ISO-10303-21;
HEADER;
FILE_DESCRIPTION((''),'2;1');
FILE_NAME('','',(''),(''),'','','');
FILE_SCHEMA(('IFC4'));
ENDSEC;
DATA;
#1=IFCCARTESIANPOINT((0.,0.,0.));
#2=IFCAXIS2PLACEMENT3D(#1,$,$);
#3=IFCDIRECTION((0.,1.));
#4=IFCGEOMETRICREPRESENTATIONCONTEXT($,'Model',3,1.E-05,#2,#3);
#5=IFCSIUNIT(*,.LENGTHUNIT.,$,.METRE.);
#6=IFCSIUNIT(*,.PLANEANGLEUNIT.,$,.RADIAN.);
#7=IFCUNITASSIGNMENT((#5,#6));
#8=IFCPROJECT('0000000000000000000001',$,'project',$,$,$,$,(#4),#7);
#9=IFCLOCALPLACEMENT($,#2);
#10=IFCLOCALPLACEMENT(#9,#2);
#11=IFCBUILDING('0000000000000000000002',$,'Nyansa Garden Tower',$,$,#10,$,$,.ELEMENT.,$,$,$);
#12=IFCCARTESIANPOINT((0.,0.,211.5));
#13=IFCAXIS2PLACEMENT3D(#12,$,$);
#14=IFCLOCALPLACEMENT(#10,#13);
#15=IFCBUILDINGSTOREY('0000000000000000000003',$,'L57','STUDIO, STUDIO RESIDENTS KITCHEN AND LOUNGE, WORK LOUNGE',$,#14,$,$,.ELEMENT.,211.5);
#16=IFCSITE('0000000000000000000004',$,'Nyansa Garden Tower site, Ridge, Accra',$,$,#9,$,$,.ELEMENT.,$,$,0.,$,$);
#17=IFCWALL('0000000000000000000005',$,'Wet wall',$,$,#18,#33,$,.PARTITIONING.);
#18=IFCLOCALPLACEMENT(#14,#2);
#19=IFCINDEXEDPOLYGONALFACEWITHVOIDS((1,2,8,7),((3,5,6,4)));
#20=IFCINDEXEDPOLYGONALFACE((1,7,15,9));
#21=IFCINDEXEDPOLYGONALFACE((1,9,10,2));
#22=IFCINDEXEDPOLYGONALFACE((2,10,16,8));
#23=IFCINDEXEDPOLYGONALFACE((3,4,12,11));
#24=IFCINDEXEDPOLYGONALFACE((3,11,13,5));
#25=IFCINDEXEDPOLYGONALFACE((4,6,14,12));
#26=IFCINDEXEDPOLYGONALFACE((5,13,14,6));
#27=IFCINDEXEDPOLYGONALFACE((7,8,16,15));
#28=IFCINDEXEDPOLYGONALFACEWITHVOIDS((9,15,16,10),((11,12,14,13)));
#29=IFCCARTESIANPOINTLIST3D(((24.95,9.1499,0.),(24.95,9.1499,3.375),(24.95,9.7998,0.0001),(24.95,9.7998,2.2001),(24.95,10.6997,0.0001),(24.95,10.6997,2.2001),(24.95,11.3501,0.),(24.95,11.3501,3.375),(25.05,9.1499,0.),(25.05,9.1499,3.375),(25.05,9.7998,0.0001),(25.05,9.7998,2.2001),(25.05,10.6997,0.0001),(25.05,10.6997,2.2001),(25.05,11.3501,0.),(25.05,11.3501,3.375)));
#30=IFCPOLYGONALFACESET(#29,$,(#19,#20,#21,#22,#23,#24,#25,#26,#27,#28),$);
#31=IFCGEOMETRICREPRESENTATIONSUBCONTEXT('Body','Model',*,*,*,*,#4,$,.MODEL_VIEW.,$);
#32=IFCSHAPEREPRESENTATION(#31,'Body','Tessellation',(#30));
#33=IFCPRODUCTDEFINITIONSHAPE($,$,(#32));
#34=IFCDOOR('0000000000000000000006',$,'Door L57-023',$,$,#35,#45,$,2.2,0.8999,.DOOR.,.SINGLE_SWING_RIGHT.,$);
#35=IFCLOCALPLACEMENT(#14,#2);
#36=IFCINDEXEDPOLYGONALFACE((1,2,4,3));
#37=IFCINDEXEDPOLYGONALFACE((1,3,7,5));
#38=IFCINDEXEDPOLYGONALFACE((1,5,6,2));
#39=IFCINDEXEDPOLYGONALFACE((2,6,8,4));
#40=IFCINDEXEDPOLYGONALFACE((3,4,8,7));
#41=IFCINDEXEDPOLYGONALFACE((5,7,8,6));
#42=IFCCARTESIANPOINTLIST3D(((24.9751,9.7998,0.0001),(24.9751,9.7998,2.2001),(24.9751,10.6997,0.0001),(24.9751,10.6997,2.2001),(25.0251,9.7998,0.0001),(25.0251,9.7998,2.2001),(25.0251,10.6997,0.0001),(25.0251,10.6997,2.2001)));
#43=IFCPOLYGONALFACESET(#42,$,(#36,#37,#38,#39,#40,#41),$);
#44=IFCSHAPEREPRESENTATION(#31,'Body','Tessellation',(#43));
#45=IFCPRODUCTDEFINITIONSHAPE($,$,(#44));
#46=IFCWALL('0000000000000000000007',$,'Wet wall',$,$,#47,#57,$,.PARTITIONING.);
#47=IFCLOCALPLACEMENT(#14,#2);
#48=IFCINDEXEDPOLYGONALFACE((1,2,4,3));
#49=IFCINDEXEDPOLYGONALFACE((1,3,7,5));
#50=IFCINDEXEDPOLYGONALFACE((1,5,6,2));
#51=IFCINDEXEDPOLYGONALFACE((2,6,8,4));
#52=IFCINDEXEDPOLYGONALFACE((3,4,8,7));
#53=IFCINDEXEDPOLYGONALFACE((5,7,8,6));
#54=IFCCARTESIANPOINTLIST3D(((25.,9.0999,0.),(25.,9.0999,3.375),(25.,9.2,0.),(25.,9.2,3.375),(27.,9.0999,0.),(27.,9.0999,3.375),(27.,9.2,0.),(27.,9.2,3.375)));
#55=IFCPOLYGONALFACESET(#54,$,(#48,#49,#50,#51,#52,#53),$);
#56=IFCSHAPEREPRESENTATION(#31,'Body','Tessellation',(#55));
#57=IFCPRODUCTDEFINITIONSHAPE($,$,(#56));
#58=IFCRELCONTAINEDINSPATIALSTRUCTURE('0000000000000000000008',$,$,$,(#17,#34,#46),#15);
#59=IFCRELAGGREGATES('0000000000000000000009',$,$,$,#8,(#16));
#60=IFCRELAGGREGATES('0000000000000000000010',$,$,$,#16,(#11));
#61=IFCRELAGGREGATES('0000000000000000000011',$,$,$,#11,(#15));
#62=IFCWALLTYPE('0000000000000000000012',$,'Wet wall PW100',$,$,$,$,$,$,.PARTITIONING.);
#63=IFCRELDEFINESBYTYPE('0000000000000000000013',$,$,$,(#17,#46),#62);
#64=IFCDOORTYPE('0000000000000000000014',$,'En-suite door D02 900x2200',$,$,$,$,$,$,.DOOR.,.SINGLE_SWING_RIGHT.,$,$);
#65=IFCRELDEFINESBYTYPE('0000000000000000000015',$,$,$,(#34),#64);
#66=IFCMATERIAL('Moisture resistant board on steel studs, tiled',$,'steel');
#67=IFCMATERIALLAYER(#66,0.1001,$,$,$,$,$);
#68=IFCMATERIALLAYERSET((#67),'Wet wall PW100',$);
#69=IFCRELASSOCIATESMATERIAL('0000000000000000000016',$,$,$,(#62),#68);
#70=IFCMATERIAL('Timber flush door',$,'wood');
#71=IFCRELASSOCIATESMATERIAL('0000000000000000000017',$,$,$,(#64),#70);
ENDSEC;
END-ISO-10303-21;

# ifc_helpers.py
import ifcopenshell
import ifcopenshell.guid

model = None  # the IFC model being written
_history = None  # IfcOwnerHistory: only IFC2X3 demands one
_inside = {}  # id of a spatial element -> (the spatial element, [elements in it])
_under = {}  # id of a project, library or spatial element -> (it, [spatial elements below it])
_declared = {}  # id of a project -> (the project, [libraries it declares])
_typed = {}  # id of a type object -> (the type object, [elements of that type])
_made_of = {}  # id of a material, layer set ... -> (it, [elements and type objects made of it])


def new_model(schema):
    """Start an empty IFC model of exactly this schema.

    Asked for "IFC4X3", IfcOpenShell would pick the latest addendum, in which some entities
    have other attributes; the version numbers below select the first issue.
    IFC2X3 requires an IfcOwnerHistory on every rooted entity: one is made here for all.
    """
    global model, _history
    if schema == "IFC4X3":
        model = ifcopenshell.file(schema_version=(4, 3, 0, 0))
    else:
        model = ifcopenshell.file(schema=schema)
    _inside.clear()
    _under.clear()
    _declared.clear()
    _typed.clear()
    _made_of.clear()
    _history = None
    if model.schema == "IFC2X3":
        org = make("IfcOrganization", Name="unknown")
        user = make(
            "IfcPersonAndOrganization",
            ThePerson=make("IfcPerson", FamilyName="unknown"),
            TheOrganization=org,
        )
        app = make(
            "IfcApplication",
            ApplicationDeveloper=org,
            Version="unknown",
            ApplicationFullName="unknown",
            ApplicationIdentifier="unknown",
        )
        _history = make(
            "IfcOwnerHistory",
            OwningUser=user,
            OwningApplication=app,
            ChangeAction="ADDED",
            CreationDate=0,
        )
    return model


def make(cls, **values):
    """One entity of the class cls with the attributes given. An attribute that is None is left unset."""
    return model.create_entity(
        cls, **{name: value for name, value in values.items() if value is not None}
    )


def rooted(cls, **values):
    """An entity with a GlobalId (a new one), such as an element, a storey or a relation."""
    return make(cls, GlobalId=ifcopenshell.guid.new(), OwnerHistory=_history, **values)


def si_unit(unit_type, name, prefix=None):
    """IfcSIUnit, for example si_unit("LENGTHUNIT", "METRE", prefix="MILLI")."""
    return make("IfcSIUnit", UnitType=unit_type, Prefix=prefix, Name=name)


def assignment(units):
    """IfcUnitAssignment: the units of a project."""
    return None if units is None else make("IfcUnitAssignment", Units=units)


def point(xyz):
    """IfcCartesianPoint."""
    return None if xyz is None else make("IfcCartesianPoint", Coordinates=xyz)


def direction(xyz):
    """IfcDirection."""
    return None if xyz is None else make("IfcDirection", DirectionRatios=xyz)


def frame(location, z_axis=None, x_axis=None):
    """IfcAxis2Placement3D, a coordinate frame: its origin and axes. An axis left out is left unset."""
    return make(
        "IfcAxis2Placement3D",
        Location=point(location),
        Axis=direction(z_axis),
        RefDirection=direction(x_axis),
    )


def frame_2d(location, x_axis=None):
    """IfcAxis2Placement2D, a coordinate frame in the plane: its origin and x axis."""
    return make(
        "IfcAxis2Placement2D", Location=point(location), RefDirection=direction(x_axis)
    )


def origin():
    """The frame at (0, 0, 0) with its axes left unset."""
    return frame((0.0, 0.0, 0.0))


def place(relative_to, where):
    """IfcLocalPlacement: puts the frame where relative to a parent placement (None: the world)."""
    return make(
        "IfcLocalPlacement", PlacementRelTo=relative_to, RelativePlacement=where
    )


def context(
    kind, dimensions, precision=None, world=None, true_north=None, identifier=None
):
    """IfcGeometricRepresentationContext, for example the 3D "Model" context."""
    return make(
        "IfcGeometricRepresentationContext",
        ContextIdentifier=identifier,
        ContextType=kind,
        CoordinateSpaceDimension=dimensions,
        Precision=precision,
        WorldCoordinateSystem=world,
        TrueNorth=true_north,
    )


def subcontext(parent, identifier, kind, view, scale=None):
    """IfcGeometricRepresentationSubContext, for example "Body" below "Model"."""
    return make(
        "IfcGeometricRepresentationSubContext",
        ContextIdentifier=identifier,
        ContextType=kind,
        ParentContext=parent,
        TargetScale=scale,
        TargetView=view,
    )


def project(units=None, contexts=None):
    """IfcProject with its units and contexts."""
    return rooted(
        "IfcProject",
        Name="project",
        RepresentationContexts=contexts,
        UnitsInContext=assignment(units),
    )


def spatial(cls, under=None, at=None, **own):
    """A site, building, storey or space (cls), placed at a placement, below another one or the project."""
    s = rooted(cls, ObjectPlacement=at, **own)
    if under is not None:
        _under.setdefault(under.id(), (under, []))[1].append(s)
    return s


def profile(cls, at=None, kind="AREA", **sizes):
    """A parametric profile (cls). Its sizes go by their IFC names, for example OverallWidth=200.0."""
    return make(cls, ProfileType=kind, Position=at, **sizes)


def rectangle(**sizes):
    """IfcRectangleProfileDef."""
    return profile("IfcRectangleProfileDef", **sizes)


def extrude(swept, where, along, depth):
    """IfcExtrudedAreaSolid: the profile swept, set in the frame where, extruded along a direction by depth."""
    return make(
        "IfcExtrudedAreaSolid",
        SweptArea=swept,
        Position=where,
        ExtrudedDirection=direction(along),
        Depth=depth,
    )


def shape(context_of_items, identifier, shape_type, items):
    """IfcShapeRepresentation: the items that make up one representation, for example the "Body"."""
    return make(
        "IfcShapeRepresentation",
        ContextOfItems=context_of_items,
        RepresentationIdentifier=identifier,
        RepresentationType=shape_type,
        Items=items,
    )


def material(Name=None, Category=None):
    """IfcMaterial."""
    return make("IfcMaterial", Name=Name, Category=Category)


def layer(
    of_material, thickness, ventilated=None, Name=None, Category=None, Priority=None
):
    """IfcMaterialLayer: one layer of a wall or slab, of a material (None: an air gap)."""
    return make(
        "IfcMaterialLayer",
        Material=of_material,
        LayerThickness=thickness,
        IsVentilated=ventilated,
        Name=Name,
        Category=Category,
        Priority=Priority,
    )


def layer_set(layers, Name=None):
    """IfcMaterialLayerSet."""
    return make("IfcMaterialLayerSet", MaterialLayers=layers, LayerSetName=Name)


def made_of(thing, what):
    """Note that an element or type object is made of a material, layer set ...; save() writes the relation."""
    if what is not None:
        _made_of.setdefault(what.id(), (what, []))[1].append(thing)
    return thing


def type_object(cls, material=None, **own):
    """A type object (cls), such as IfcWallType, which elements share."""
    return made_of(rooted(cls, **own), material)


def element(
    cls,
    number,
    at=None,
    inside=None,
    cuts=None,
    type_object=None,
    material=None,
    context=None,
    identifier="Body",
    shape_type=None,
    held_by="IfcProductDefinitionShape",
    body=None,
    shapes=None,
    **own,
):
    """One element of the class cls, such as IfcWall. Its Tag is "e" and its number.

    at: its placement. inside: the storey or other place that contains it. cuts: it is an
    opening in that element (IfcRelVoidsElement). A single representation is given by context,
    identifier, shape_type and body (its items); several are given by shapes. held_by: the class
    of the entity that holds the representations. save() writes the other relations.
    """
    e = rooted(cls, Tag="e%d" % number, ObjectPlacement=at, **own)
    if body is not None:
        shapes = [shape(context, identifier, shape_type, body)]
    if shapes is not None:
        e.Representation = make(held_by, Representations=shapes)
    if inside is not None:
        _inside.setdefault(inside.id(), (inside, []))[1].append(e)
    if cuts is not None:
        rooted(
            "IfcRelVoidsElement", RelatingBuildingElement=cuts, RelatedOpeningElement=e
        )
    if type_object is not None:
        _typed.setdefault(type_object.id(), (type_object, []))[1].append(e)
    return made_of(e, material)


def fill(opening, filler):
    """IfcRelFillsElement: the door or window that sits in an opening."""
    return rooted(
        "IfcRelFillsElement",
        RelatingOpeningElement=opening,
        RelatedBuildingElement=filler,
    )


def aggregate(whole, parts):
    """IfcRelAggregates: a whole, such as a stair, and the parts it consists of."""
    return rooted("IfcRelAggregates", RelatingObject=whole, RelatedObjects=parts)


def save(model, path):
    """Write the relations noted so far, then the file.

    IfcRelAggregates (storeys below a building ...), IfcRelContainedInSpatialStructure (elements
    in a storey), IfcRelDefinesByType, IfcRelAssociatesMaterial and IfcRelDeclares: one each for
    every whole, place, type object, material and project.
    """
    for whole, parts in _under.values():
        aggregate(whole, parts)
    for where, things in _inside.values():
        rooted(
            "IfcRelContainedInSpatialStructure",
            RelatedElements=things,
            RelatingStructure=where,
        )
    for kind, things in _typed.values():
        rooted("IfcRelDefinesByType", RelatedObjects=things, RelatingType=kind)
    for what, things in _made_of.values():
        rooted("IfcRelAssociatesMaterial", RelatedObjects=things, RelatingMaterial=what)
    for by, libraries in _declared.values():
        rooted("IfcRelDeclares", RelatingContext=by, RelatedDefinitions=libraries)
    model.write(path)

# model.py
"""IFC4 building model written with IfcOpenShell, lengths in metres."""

from ifc_helpers import new_model, si_unit, direction, frame, frame_2d, origin, place, context, subcontext, project, spatial, rectangle, extrude, material, layer, layer_set, type_object, element, fill, save


model = new_model("IFC4")

# Units and contexts
model_context = context("Model", 3, precision=1e-05, world=origin(), true_north=direction((0.0, 1.0)))
body_context = subcontext(model_context, "Body", "Model", "MODEL_VIEW")
ifc_project = project(units=[si_unit("LENGTHUNIT", "METRE"), si_unit("PLANEANGLEUNIT", "RADIAN")], contexts=[model_context])

# Site, building, storey
site_placement = place(None, origin())
site = spatial("IfcSite", under=ifc_project, at=site_placement, Name="Nyansa Garden Tower site, Ridge, Accra", CompositionType="ELEMENT", RefElevation=0.0)
building_placement = place(site_placement, origin())
building = spatial("IfcBuilding", under=site, at=building_placement, Name="Nyansa Garden Tower", CompositionType="ELEMENT")
storey_placement = place(building_placement, frame((0.0, 0.0, 211.5)))
storey = spatial("IfcBuildingStorey", under=building, at=storey_placement, Name="L57", Description="STUDIO, STUDIO RESIDENTS KITCHEN AND LOUNGE, WORK LOUNGE", CompositionType="ELEMENT", Elevation=211.5)

# Shared definitions
ifc_material_1 = material(Name="Moisture resistant board on steel studs, tiled", Category="steel")
ifc_layer_1 = layer(ifc_material_1, 0.1001)
ifc_layer_set_1 = layer_set([ifc_layer_1], Name="Wet wall PW100")
wall_type_1 = type_object("IfcWallType", Name="Wet wall PW100", PredefinedType="PARTITIONING", material=ifc_layer_set_1)
ifc_material_2 = material(Name="Timber flush door", Category="wood")
door_type_1 = type_object("IfcDoorType", Name="En-suite door D02 900x2200", OperationType="SINGLE_SWING_RIGHT", PredefinedType="DOOR", material=ifc_material_2)

# Wall, opening, door
wall_1_placement = place(storey_placement, frame((25.0, 9.1499, 0.0), z_axis=(0.0, 0.0, 1.0), x_axis=(0.0, 1.0, 0.0)))
wall_1 = element("IfcWall", 1, at=wall_1_placement, inside=storey, type_object=wall_type_1, Name="Wet wall", PredefinedType="PARTITIONING", context=body_context, shape_type="SweptSolid", body=[
    extrude(rectangle(XDim=2.2002, YDim=0.1001, at=frame_2d((1.1001, 0.0))), origin(), (0.0, 0.0, 1.0), 3.375),
])
opening_1_placement = place(wall_1_placement, frame((0.6499, 0.0, 0.0)))
opening_1 = element("IfcOpeningElement", 2, at=opening_1_placement, cuts=wall_1, PredefinedType="OPENING", context=body_context, shape_type="SweptSolid", body=[
    extrude(rectangle(XDim=0.8999, YDim=2.2, at=frame_2d((0.45, 1.1001))), frame((0.0, 0.0601, 0.0), z_axis=(0.0, -1.0, 0.0), x_axis=(1.0, 0.0, 0.0)), (0.0, 0.0, 1.0), 0.1201),
])
door_1_placement = place(opening_1_placement, origin())
door_1 = element("IfcDoor", 3, at=door_1_placement, inside=storey, type_object=door_type_1, Name="Door L57-023", OperationType="SINGLE_SWING_RIGHT", OverallHeight=2.2, OverallWidth=0.8999, PredefinedType="DOOR", context=body_context, shape_type="SweptSolid", body=[
    extrude(rectangle(XDim=0.8999, YDim=2.2, at=frame_2d((0.45, 1.1001))), frame((0.0, 0.0249, 0.0), z_axis=(0.0, -1.0, 0.0), x_axis=(1.0, 0.0, 0.0)), (0.0, 0.0, 1.0), 0.05),
])
fill(opening_1, door_1)

# Wall
wall_2_placement = place(storey_placement, frame((25.0, 9.1499, 0.0), z_axis=(0.0, 0.0, 1.0), x_axis=(1.0, 0.0, 0.0)))
element("IfcWall", 4, at=wall_2_placement, inside=storey, type_object=wall_type_1, Name="Wet wall", PredefinedType="PARTITIONING", context=body_context, shape_type="SweptSolid", body=[
    extrude(rectangle(XDim=2.0, YDim=0.1001, at=frame_2d((1.0, 0.0))), origin(), (0.0, 0.0, 1.0), 3.375),
])

save(model, "model.ifc")
